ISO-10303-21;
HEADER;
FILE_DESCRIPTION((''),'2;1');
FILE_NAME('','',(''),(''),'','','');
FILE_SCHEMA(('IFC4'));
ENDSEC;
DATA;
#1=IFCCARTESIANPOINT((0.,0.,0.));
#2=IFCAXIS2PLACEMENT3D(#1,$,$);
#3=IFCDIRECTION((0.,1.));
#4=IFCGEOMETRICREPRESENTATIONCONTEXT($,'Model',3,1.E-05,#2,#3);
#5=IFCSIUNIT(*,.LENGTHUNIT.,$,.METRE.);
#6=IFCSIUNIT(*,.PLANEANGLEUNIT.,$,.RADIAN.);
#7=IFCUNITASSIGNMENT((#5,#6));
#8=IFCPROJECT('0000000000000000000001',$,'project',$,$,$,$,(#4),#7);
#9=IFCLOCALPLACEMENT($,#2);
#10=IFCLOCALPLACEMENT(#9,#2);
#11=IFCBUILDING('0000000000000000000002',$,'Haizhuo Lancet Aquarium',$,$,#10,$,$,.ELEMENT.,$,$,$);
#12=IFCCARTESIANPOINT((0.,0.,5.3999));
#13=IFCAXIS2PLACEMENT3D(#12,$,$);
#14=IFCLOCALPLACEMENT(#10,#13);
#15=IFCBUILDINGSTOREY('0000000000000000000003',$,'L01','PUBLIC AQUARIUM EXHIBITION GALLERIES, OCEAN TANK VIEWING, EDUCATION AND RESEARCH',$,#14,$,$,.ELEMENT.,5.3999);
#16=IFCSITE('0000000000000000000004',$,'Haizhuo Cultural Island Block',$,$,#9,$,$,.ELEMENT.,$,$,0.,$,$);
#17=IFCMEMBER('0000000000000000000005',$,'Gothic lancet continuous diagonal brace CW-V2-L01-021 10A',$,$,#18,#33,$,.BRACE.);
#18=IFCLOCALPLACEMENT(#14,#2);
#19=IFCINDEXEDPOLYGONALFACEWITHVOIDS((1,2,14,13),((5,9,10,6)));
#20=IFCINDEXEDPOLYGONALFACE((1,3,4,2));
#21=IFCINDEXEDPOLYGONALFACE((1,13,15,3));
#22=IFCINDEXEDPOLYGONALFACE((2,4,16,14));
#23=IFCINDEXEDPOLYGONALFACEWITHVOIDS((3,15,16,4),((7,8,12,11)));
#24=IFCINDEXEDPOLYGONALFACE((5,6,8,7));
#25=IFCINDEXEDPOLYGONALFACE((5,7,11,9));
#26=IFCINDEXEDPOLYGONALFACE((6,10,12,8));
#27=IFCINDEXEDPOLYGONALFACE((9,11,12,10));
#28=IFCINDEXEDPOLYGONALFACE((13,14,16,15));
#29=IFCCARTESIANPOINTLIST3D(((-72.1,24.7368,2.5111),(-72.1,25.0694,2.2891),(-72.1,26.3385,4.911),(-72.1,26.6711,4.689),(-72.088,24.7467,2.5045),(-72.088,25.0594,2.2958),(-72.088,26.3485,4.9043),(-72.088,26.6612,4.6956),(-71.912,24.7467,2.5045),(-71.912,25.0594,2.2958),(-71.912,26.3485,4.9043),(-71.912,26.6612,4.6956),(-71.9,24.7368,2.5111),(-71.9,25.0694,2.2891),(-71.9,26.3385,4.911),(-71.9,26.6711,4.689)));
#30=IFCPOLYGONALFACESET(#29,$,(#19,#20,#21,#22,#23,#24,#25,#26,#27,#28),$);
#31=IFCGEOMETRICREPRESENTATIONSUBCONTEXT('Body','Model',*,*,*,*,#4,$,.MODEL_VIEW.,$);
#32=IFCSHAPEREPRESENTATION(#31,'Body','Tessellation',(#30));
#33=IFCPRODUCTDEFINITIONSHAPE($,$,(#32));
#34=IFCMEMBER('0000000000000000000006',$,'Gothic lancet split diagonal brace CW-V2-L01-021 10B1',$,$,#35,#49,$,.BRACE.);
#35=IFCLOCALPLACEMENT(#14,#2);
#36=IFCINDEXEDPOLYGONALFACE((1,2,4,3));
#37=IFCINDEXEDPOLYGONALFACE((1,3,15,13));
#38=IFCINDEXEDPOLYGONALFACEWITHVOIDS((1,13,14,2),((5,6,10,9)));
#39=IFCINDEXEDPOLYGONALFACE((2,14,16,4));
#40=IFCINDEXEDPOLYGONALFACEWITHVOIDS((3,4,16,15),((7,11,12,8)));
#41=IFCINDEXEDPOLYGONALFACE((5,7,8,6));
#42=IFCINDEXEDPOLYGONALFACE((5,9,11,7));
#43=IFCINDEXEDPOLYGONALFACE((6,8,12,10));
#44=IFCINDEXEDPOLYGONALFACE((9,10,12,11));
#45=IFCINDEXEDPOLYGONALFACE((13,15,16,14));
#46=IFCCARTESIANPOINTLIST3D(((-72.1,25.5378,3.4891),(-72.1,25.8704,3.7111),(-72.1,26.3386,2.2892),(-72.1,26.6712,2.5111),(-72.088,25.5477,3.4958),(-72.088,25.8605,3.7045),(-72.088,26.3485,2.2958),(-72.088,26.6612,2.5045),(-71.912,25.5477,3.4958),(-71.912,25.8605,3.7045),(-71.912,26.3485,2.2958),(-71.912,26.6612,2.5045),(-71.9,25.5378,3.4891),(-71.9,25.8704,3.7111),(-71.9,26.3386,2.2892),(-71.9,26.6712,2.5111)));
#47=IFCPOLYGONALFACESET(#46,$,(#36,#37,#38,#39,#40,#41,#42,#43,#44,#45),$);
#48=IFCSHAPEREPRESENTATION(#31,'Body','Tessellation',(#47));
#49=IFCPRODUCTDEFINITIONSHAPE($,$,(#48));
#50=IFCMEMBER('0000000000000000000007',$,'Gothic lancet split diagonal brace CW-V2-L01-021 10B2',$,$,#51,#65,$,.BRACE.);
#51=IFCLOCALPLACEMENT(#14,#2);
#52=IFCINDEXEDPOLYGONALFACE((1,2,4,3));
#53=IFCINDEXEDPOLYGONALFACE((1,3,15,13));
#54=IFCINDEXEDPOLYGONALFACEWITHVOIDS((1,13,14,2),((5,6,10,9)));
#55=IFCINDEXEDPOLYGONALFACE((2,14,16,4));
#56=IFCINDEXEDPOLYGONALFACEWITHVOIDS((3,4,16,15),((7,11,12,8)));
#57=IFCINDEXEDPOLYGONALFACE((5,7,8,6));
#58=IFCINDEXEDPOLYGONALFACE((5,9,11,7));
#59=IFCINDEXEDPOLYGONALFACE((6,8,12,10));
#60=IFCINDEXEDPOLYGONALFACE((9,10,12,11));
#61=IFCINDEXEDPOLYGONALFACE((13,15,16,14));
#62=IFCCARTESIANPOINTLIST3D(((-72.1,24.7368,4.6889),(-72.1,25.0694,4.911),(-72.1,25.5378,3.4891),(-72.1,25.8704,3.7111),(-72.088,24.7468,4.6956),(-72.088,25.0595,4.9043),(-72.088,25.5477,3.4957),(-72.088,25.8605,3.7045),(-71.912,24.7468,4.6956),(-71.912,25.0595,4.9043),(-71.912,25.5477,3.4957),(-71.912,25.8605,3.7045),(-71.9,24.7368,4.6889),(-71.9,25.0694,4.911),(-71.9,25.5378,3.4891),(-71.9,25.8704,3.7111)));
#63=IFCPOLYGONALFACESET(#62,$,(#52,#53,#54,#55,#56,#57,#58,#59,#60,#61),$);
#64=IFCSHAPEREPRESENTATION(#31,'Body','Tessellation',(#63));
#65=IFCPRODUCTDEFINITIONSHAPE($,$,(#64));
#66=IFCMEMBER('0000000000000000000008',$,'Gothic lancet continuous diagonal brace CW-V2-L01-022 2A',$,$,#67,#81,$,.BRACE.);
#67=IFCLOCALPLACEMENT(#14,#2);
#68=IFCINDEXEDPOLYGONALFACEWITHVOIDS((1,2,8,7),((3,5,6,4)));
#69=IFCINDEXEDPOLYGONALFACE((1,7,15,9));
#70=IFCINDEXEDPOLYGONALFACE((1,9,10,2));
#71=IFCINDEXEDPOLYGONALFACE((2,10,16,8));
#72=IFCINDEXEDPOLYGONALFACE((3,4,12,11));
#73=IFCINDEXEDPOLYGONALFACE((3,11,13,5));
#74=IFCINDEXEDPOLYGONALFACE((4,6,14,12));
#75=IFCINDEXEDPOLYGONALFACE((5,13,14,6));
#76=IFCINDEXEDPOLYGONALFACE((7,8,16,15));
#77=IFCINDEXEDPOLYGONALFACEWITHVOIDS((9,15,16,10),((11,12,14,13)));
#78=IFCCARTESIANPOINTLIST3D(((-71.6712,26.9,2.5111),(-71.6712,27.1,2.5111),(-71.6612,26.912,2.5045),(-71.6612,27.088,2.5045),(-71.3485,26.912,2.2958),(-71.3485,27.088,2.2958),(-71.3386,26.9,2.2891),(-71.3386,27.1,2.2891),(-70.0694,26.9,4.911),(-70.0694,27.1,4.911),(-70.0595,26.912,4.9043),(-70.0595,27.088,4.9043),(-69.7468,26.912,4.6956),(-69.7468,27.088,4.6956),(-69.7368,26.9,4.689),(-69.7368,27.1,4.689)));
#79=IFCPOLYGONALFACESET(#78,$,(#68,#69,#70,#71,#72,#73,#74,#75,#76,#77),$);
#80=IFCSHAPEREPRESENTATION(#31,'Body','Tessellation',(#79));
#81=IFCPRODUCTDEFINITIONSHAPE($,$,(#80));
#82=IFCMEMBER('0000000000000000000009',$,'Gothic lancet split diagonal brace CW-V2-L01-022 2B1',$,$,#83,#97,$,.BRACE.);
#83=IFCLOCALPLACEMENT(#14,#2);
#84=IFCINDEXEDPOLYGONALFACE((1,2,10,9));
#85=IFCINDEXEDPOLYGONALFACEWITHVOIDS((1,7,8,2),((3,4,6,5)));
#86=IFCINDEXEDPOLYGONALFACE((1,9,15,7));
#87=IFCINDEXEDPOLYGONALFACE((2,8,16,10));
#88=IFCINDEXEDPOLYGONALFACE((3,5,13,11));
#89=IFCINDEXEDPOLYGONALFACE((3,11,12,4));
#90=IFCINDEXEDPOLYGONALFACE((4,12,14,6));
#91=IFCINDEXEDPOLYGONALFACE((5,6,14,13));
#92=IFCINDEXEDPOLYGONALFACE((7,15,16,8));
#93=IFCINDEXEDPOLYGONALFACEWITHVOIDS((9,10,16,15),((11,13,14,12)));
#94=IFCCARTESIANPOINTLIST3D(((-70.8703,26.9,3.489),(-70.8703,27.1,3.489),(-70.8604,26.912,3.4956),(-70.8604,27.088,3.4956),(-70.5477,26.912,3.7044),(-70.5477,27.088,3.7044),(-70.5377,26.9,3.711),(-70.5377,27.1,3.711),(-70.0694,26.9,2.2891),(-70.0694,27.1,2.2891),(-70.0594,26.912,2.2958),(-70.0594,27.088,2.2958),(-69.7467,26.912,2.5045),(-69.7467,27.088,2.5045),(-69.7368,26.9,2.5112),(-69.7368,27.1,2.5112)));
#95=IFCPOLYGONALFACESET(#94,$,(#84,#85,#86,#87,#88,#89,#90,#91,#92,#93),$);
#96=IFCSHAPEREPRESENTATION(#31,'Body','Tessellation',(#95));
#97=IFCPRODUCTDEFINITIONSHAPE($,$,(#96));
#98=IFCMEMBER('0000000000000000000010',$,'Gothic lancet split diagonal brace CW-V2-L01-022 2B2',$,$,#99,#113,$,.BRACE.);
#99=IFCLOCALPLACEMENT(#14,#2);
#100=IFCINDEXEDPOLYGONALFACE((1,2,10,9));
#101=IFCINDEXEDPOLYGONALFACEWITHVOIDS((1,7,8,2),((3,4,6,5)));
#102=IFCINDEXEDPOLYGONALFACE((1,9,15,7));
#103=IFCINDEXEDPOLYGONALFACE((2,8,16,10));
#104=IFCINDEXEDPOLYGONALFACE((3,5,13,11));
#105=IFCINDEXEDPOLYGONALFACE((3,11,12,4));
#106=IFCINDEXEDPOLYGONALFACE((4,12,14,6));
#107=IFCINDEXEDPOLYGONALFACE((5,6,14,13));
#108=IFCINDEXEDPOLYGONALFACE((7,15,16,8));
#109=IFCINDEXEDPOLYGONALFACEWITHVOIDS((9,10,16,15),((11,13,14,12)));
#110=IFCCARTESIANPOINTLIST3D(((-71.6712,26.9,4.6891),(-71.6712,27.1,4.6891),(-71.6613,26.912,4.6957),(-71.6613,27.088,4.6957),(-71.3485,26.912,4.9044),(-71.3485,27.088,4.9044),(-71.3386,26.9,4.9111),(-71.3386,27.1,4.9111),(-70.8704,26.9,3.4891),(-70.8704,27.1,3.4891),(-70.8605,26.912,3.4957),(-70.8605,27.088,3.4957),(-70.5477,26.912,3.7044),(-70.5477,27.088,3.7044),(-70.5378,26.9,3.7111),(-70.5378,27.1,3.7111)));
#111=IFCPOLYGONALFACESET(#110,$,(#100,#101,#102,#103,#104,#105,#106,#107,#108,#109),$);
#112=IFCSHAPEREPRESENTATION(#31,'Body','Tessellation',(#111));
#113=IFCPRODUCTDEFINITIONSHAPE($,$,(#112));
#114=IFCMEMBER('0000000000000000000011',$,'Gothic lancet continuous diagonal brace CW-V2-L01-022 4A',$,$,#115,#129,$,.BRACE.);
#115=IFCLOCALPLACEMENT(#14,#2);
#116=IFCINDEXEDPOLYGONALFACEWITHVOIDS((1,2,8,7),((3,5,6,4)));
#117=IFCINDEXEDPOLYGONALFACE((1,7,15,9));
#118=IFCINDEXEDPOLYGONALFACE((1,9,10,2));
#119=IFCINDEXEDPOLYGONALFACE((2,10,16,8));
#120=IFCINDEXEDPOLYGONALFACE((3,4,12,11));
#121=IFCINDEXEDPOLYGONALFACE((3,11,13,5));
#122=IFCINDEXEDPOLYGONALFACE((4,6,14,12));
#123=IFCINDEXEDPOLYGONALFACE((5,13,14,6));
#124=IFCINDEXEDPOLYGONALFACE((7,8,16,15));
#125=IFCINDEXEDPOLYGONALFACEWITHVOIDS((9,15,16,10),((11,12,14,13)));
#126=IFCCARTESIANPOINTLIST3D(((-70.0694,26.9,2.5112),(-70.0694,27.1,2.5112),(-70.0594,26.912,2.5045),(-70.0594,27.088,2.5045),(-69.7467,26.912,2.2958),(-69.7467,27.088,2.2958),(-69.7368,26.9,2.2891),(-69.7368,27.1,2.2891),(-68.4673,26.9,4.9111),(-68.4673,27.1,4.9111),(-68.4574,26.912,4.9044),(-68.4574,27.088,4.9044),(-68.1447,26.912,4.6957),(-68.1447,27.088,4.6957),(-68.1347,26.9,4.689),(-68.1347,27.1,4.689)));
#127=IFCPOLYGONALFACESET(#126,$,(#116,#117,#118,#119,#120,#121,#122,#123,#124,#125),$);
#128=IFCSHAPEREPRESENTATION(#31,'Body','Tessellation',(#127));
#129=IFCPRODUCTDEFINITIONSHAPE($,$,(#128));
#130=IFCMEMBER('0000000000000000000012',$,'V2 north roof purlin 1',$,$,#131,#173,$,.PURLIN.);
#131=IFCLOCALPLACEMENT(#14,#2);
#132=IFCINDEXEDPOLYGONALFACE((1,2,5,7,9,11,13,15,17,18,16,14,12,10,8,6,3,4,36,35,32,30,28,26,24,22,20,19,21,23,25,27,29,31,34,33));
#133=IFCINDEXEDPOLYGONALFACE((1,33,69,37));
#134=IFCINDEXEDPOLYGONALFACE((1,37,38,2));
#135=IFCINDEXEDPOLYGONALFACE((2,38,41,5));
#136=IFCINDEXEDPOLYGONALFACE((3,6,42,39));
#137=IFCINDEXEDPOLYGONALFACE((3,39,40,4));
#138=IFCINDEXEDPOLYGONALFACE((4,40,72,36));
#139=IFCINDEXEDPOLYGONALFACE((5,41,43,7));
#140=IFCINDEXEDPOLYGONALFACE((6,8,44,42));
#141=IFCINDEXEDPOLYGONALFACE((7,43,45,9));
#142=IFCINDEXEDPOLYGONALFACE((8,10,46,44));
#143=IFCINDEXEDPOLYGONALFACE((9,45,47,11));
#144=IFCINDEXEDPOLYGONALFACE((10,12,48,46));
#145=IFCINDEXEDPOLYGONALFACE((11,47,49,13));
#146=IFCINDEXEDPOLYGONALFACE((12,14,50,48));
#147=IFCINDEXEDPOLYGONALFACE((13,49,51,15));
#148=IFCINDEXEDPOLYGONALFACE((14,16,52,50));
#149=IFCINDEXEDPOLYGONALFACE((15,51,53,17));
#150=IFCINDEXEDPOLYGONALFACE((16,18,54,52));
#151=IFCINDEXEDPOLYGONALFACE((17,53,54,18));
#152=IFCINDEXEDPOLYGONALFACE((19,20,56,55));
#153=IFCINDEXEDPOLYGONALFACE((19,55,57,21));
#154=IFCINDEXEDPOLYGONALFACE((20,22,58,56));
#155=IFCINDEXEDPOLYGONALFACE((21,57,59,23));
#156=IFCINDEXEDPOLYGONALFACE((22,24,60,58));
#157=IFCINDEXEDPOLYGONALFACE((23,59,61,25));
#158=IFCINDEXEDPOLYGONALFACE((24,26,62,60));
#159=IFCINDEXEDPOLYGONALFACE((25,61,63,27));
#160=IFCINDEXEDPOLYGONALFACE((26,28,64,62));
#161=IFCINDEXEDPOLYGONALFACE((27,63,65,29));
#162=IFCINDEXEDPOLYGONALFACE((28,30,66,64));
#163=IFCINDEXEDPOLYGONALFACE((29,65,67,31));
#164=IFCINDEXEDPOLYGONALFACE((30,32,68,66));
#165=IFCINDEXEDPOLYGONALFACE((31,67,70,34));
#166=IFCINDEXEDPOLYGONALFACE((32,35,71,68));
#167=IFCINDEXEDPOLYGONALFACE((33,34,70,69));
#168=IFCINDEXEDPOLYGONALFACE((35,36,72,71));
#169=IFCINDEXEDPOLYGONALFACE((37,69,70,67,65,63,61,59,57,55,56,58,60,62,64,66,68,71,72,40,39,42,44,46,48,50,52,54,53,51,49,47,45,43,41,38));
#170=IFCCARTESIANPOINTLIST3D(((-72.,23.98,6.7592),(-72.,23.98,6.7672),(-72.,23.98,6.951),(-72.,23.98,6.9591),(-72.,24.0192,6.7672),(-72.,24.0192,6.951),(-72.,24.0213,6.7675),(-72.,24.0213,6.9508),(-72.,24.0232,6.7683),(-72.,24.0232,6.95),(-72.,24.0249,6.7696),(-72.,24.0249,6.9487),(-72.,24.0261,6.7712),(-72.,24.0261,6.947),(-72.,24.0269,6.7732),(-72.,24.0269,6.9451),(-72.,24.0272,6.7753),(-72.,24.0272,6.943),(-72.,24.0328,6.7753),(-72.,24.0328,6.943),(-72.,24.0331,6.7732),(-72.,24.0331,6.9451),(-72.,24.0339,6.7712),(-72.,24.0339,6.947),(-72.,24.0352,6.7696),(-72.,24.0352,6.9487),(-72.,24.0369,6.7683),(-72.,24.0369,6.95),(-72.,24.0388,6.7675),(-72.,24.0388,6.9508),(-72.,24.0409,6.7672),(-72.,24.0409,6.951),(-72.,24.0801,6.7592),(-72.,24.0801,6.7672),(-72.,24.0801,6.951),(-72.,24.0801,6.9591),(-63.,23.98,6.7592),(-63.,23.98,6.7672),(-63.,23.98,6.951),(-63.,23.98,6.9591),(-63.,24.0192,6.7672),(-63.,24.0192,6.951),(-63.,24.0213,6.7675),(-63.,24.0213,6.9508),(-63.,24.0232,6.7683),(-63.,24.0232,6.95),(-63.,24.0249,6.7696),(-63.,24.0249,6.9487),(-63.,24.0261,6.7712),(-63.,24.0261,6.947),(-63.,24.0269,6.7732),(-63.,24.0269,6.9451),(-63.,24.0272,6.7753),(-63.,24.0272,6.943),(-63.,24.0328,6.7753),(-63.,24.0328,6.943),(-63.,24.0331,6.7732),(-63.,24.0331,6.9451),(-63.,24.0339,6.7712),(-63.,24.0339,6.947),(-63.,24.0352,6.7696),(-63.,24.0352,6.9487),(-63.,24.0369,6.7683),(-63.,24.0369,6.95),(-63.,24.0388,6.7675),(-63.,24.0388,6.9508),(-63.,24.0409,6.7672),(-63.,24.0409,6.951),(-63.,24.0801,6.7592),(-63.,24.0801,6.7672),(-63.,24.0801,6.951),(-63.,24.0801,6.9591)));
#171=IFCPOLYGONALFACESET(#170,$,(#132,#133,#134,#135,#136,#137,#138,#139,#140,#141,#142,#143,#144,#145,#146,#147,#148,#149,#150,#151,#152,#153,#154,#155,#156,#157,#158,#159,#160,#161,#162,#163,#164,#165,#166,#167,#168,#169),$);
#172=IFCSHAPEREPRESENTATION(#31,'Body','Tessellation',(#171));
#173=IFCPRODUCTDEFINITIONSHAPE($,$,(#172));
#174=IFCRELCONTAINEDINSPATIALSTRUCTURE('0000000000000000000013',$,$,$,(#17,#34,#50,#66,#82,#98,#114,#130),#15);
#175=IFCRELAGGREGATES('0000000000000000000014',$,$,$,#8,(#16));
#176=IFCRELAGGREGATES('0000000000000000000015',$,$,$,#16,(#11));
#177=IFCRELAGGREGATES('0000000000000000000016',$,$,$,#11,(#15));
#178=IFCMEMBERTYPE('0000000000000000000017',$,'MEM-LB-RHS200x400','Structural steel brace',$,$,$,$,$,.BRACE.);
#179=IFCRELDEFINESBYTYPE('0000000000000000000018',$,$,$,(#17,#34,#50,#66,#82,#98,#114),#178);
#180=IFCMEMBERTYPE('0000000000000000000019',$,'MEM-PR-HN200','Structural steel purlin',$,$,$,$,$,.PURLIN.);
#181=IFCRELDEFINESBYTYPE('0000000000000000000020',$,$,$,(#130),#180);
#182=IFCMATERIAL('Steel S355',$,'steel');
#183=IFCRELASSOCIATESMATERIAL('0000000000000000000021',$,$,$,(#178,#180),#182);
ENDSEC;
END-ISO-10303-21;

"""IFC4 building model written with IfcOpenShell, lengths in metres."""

from ifc_helpers import new_model, si_unit, direction, frame, origin, origin_2d, place, context, subcontext, project, spatial, hollow_rectangle, i_section, extrude, material, material_profile, profile_set, type_object, element, save


model = new_model("IFC4")

# Units and contexts
model_context = context("Model", 3, precision=1e-05, world=origin(), true_north=direction((0.0, 1.0)))
body_context = subcontext(model_context, "Body", "Model", "MODEL_VIEW")
ifc_project = project(units=[si_unit("LENGTHUNIT", "METRE"), si_unit("PLANEANGLEUNIT", "RADIAN")], contexts=[model_context])

# Site, building, storey
site_placement = place(None, origin())
site = spatial("IfcSite", under=ifc_project, at=site_placement, Name="Haizhuo Cultural Island Block", CompositionType="ELEMENT", RefElevation=0.0)
building_placement = place(site_placement, origin())
building = spatial("IfcBuilding", under=site, at=building_placement, Name="Haizhuo Lancet Aquarium", CompositionType="ELEMENT")
storey_placement = place(building_placement, frame((0.0, 0.0, 5.3999)))
storey = spatial("IfcBuildingStorey", under=building, at=storey_placement, Name="L01", Description="PUBLIC AQUARIUM EXHIBITION GALLERIES, OCEAN TANK VIEWING, EDUCATION AND RESEARCH", CompositionType="ELEMENT", Elevation=5.3999)

# Shared definitions
ifc_material_1 = material(Name="Steel S355", Category="steel")

# Members
ifc_material_profile_1 = material_profile(ifc_material_1, hollow_rectangle(XDim=0.2, YDim=0.3999, WallThickness=0.012, at=origin_2d()), Name="RHS 200x400x12")
ifc_profile_set_1 = profile_set([ifc_material_profile_1], Name="Steel S355")
member_type_1 = type_object("IfcMemberType", Name="MEM-LB-RHS200x400", Description="Structural steel brace", PredefinedType="BRACE", material=ifc_profile_set_1)
member_1_placement = place(storey_placement, frame((-72.0, 24.9031, 2.4001), z_axis=(0.0, 0.555149, 0.831751), x_axis=(-1.0, 0.0, 0.0)))
element("IfcMember", 1, at=member_1_placement, inside=storey, type_object=member_type_1, Name="Gothic lancet continuous diagonal brace CW-V2-L01-021 10A", PredefinedType="BRACE", context=body_context, shape_type="SweptSolid", body=[
    extrude(hollow_rectangle(XDim=0.2, YDim=0.3999, WallThickness=0.012, at=origin_2d()), origin(), (0.0, 0.0, 1.0), 2.8853),
])
for number, where, z_axis, x_axis, name in (
    (2, (-72.0, 26.5049, 2.4001), (0.0, -0.555091, 0.83179), (1.0, 0.0, 0.0), "Gothic lancet split diagonal brace CW-V2-L01-021 10B1"),
    (3, (-72.0, 25.7041, 3.6001), (0.0, -0.555208, 0.831712), (1.0, 0.0, 0.0), "Gothic lancet split diagonal brace CW-V2-L01-021 10B2"),
):
    element("IfcMember", number, at=place(storey_placement, frame(where, z_axis=z_axis, x_axis=x_axis)), inside=storey, type_object=member_type_1, Name=name, PredefinedType="BRACE", context=body_context, shape_type="SweptSolid", body=[
        extrude(hollow_rectangle(XDim=0.2, YDim=0.3999, WallThickness=0.012, at=origin_2d()), origin(), (0.0, 0.0, 1.0), 1.4426),
    ])
member_2_placement = place(storey_placement, frame((-71.5049, 27.0, 2.4001), z_axis=(0.555149, 0.0, 0.831751), x_axis=(0.0, 1.0, 0.0)))
element("IfcMember", 4, at=member_2_placement, inside=storey, type_object=member_type_1, Name="Gothic lancet continuous diagonal brace CW-V2-L01-022 2A", PredefinedType="BRACE", context=body_context, shape_type="SweptSolid", body=[
    extrude(hollow_rectangle(XDim=0.2, YDim=0.3999, WallThickness=0.012, at=origin_2d()), origin(), (0.0, 0.0, 1.0), 2.8853),
])
for number, where, z_axis, x_axis, name in (
    (5, (-69.9031, 27.0, 2.4001), (-0.555208, 0.0, 0.831712), (0.0, -1.0, 0.0), "Gothic lancet split diagonal brace CW-V2-L01-022 2B1"),
    (6, (-70.7041, 27.0, 3.6001), (-0.555091, 0.0, 0.83179), (0.0, -1.0, 0.0), "Gothic lancet split diagonal brace CW-V2-L01-022 2B2"),
):
    element("IfcMember", number, at=place(storey_placement, frame(where, z_axis=z_axis, x_axis=x_axis)), inside=storey, type_object=member_type_1, Name=name, PredefinedType="BRACE", context=body_context, shape_type="SweptSolid", body=[
        extrude(hollow_rectangle(XDim=0.2, YDim=0.3999, WallThickness=0.012, at=origin_2d()), origin(), (0.0, 0.0, 1.0), 1.4426),
    ])
member_3_placement = place(storey_placement, frame((-69.9031, 27.0, 2.4001), z_axis=(0.555208, 0.0, 0.831712), x_axis=(0.0, 1.0, 0.0)))
element("IfcMember", 7, at=member_3_placement, inside=storey, type_object=member_type_1, Name="Gothic lancet continuous diagonal brace CW-V2-L01-022 4A", PredefinedType="BRACE", context=body_context, shape_type="SweptSolid", body=[
    extrude(hollow_rectangle(XDim=0.2, YDim=0.3999, WallThickness=0.012, at=origin_2d()), origin(), (0.0, 0.0, 1.0), 2.8855),
])
ifc_material_profile_2 = material_profile(ifc_material_1, i_section(OverallWidth=0.1001, OverallDepth=0.2, WebThickness=0.0056, FlangeThickness=0.0081, FilletRadius=0.0081, at=origin_2d()), Name="HN 200x100x5.5x8")
ifc_profile_set_2 = profile_set([ifc_material_profile_2], Name="Steel S355")
member_type_2 = type_object("IfcMemberType", Name="MEM-PR-HN200", Description="Structural steel purlin", PredefinedType="PURLIN", material=ifc_profile_set_2)
member_4_placement = place(storey_placement, frame((-72.0, 24.03, 6.8591), z_axis=(1.0, 0.0, 0.0), x_axis=(0.0, 1.0, 0.0)))
element("IfcMember", 8, at=member_4_placement, inside=storey, type_object=member_type_2, Name="V2 north roof purlin 1", PredefinedType="PURLIN", context=body_context, shape_type="SweptSolid", body=[
    extrude(i_section(OverallWidth=0.1001, OverallDepth=0.2, WebThickness=0.0056, FlangeThickness=0.0081, FilletRadius=0.0081, at=origin_2d()), origin(), (0.0, 0.0, 1.0), 9.0),
])

save(model, "model.ifc")
